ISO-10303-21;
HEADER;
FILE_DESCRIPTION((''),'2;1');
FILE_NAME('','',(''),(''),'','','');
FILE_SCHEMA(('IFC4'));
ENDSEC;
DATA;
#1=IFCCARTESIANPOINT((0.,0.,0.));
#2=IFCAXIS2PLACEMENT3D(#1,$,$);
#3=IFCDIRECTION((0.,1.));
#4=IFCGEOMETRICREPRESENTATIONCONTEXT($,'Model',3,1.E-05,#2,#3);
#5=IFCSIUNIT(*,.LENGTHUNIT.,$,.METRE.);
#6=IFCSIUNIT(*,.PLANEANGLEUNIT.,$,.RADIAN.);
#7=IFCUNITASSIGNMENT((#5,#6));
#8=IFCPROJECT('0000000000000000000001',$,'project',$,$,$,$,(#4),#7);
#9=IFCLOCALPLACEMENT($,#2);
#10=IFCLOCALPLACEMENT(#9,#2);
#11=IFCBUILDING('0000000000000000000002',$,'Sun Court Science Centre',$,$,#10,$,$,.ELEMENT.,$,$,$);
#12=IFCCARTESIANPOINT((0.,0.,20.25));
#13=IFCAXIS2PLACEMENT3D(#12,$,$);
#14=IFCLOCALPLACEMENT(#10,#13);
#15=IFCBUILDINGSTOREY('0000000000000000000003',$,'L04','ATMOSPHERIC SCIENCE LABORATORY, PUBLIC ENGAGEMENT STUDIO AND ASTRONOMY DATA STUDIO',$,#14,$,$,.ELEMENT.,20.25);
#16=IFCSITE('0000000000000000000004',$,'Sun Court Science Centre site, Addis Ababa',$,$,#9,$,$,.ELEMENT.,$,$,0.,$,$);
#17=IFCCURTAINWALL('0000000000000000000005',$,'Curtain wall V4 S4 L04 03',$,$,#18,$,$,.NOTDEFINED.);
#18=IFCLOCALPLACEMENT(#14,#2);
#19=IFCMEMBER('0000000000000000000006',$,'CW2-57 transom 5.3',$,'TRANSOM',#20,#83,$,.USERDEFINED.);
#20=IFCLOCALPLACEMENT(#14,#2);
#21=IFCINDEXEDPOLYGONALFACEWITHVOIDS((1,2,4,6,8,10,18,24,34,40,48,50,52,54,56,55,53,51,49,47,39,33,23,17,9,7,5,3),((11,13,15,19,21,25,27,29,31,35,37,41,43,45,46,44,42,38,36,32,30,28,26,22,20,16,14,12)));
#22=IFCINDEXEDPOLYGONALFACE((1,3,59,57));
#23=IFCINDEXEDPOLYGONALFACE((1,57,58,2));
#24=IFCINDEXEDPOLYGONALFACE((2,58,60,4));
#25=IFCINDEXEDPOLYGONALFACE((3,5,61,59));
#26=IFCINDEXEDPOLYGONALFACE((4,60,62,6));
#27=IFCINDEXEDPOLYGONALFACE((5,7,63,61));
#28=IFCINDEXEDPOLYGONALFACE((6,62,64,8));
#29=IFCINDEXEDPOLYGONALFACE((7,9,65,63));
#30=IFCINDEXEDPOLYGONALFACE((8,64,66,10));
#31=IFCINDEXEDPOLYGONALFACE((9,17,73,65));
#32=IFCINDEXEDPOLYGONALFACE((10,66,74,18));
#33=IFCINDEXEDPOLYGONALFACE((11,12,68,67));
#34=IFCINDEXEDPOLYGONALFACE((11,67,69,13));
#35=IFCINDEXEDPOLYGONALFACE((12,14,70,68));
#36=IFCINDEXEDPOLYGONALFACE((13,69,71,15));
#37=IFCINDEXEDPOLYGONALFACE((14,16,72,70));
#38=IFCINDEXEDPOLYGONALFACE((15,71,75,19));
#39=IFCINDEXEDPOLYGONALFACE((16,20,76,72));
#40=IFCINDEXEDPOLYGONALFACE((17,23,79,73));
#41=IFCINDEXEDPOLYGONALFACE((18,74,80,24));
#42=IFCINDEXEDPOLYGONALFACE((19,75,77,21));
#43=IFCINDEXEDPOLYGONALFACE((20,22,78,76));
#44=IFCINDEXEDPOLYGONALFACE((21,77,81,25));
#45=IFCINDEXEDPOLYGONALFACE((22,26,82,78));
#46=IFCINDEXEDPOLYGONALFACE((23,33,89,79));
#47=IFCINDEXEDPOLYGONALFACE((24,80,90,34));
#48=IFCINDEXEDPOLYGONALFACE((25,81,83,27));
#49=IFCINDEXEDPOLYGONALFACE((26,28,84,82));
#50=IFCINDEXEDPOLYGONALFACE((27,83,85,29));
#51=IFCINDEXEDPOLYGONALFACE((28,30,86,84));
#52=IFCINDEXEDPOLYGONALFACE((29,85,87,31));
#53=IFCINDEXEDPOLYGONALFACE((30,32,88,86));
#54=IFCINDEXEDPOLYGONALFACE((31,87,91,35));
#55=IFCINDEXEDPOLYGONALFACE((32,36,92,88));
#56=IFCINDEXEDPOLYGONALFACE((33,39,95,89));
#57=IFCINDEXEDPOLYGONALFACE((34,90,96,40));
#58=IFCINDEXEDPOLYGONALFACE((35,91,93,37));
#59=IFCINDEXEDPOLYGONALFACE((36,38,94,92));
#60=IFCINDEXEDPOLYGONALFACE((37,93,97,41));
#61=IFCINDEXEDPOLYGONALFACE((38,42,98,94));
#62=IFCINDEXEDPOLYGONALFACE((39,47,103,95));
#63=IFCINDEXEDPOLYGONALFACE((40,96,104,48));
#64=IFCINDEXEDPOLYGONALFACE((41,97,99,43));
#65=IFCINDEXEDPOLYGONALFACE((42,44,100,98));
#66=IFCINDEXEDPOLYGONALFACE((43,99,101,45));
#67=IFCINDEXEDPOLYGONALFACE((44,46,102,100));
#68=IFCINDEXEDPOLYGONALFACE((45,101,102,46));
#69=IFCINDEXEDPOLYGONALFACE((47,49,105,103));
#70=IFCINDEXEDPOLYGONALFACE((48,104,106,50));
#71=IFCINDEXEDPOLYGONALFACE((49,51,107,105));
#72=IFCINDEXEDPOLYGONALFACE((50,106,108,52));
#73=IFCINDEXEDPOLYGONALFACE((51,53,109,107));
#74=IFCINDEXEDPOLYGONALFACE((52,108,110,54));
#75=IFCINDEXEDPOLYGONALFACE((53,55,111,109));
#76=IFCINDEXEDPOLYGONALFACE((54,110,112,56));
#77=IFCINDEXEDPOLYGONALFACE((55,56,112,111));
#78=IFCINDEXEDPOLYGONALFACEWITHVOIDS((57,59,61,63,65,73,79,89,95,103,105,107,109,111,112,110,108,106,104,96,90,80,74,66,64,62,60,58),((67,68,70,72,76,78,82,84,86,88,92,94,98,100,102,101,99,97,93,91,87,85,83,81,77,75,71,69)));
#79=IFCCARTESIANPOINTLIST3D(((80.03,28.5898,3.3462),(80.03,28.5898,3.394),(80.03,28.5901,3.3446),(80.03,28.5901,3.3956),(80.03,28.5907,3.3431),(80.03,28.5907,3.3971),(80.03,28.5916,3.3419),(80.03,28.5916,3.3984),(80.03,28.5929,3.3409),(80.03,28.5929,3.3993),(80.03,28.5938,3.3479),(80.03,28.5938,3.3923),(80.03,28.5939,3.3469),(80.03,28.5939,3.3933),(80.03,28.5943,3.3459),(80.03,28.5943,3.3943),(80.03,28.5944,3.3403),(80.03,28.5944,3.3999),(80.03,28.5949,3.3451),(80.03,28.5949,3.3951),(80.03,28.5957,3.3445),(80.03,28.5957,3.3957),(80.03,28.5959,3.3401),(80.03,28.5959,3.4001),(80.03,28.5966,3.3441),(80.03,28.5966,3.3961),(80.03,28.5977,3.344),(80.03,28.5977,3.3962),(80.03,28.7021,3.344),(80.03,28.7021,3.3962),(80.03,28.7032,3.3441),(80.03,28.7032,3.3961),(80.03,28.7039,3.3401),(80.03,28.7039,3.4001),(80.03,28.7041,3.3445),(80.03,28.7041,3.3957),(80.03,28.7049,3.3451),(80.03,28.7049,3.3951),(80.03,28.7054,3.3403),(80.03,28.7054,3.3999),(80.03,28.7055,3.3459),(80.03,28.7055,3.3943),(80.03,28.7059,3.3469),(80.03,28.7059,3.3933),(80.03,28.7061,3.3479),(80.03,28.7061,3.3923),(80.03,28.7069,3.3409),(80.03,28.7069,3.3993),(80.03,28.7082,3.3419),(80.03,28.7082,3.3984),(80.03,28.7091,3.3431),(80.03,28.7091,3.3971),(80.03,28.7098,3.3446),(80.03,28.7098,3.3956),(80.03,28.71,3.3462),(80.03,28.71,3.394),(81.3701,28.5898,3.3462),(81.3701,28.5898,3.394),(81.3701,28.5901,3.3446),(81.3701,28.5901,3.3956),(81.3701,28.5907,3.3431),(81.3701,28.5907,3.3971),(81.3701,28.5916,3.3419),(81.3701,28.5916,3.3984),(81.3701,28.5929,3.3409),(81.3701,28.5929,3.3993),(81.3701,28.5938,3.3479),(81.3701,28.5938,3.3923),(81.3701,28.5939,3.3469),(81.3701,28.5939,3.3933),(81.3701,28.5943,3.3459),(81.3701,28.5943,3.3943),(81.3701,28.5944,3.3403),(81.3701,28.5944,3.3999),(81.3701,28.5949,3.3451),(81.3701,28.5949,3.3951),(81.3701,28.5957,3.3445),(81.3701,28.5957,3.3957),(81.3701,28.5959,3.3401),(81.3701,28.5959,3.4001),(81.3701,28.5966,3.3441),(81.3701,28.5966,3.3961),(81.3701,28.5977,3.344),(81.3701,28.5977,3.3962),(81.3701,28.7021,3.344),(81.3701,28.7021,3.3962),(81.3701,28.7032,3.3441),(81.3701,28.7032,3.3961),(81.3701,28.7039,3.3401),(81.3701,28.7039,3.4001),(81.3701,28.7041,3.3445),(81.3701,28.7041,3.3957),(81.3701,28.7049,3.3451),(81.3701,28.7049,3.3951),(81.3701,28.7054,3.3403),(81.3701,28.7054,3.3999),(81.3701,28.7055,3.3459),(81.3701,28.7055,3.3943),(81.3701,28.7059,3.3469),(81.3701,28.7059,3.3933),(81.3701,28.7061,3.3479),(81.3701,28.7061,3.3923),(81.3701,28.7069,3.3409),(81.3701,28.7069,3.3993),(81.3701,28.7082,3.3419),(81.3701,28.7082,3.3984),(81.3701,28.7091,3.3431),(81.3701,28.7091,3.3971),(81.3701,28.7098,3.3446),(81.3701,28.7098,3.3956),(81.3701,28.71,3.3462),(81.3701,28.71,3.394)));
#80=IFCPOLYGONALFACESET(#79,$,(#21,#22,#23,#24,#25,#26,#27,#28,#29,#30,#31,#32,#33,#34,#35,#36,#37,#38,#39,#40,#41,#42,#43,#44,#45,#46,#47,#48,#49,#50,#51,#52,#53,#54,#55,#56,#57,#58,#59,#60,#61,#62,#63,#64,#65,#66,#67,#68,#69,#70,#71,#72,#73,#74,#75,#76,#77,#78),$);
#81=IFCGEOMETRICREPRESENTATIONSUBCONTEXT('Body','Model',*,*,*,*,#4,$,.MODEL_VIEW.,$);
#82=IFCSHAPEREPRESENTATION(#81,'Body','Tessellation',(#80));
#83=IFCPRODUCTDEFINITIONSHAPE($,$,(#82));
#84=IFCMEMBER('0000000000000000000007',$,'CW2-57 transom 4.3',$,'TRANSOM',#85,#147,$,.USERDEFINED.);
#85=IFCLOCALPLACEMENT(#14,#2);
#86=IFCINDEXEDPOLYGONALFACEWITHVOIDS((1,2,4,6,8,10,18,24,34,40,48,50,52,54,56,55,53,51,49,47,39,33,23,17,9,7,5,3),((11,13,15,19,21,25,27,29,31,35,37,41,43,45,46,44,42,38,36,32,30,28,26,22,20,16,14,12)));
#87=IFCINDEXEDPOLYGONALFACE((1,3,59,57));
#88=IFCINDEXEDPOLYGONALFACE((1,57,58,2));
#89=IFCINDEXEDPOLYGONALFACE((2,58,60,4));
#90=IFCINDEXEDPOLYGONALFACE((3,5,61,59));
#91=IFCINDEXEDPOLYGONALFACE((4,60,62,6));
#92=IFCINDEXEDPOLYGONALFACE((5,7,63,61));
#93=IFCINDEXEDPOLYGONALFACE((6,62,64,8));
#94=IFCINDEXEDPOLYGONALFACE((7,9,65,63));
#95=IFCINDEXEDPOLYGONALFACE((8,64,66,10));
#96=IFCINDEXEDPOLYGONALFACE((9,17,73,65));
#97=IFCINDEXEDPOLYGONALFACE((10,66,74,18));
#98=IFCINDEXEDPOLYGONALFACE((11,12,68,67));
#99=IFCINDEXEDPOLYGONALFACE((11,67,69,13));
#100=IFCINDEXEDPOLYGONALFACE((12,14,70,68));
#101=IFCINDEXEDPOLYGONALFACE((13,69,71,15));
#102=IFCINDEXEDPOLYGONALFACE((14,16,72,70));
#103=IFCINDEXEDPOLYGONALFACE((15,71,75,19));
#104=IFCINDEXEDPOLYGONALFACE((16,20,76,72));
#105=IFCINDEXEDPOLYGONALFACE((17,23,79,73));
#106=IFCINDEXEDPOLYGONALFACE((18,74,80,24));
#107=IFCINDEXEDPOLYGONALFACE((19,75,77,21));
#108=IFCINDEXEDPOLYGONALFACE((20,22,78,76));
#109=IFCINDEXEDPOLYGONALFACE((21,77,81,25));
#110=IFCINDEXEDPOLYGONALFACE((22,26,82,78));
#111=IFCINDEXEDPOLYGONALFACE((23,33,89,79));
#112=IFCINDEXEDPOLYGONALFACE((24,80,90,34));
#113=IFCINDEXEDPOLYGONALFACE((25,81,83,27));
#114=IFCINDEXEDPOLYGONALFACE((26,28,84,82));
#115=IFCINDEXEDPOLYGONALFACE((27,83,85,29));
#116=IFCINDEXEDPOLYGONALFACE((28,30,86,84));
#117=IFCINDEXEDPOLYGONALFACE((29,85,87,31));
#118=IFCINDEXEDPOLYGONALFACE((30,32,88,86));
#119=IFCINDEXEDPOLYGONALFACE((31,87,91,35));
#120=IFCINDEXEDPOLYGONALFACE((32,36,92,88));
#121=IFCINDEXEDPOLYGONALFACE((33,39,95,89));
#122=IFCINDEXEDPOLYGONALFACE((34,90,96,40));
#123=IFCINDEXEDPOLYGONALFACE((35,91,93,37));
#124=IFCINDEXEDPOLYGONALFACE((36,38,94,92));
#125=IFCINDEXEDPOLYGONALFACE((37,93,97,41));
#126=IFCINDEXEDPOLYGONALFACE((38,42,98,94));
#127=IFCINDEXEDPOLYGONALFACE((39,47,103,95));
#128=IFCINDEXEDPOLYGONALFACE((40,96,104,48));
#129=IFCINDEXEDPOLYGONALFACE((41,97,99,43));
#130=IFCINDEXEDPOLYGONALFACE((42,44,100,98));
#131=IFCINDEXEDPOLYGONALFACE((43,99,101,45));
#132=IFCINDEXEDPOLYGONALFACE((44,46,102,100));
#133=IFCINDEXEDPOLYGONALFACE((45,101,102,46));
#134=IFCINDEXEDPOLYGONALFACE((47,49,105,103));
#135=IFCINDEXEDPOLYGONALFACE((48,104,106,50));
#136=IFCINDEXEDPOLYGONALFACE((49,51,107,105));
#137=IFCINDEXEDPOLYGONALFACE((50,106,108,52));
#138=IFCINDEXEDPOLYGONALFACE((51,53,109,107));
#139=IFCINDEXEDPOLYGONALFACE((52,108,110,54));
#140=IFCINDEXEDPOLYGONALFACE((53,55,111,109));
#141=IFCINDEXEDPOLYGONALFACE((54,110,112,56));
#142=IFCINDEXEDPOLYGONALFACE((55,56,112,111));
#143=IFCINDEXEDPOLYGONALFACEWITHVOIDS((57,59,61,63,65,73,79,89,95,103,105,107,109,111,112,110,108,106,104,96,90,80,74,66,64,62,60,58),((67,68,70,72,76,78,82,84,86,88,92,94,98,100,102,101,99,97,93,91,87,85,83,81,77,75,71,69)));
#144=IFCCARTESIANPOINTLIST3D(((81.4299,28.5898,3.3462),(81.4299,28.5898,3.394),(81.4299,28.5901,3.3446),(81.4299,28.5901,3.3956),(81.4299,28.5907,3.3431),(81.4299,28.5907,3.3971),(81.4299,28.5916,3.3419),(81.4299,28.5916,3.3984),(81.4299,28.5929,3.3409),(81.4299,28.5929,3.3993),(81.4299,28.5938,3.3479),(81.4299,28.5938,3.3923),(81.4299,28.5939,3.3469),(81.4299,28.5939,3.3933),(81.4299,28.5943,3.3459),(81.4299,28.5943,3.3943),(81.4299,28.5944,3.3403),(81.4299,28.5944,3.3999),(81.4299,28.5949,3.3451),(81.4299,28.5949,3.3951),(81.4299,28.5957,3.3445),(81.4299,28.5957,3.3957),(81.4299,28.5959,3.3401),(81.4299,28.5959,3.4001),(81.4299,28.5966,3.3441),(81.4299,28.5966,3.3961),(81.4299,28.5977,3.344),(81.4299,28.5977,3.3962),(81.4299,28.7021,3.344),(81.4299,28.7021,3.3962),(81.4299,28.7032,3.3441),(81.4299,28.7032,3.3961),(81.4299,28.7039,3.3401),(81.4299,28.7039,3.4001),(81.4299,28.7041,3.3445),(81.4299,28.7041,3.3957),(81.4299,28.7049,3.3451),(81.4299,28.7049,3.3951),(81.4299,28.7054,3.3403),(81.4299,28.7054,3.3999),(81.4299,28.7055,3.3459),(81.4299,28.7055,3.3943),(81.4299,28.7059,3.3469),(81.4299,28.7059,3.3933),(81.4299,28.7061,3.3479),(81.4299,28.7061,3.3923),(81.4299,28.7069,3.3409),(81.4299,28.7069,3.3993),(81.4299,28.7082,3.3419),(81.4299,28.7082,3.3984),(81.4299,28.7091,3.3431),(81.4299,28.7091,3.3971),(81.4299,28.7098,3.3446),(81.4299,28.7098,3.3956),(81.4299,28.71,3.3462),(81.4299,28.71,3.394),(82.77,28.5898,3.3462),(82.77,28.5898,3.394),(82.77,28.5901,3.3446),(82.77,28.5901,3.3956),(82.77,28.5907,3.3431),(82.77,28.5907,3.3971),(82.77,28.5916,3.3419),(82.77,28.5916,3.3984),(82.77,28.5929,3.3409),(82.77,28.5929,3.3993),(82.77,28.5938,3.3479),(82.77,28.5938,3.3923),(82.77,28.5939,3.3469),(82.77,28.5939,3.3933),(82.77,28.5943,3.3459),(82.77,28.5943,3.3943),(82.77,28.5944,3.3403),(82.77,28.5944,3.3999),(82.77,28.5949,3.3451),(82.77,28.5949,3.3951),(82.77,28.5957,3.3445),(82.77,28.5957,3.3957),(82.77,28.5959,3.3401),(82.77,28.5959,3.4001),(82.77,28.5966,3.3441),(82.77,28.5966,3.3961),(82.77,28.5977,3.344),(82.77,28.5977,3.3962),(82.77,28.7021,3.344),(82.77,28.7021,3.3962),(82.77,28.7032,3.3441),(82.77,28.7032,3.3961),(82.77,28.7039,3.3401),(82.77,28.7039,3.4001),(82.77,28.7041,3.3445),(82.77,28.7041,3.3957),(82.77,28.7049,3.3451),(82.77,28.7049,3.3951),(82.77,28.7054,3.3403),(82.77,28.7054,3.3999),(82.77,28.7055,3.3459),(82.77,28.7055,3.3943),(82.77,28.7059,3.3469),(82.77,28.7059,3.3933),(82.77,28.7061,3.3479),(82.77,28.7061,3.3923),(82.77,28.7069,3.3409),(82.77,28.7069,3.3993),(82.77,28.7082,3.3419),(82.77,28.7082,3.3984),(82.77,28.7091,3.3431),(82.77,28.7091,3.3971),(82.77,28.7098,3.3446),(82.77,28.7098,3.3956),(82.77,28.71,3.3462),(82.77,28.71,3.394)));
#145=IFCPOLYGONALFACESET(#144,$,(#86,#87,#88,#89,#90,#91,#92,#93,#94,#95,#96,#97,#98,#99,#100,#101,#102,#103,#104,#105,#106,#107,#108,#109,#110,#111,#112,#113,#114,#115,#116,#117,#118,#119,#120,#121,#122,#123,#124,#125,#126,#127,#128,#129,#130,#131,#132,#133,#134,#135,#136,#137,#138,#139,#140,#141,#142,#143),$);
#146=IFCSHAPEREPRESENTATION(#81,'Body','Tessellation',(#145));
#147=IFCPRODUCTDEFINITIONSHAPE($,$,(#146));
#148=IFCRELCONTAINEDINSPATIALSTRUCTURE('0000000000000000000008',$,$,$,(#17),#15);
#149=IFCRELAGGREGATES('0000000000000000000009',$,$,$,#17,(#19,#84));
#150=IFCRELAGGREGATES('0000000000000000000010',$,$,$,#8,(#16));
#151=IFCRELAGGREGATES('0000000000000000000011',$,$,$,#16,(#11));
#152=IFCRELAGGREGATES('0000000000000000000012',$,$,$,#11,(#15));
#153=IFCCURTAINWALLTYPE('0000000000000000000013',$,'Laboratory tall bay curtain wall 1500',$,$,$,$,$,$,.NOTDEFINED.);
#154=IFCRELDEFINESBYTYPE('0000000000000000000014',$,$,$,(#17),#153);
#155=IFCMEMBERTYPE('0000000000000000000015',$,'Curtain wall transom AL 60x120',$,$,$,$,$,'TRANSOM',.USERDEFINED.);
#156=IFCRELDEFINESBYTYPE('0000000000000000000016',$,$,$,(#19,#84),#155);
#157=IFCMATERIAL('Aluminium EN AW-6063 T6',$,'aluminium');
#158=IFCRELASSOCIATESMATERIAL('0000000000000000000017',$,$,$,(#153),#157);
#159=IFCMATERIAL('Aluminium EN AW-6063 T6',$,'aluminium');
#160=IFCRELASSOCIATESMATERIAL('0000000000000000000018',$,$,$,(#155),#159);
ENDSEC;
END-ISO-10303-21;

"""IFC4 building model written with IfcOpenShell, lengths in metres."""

from ifc_helpers import new_model, si_unit, direction, frame, origin, origin_2d, place, context, subcontext, project, spatial, hollow_rectangle, extrude, material, material_profile, profile_set, type_object, element, aggregate, save


model = new_model("IFC4")

# Units and contexts
model_context = context("Model", 3, precision=1e-05, world=origin(), true_north=direction((0.0, 1.0)))
body_context = subcontext(model_context, "Body", "Model", "MODEL_VIEW")
ifc_project = project(units=[si_unit("LENGTHUNIT", "METRE"), si_unit("PLANEANGLEUNIT", "RADIAN")], contexts=[model_context])

# Site, building, storey
site_placement = place(None, origin())
site = spatial("IfcSite", under=ifc_project, at=site_placement, Name="Sun Court Science Centre site, Addis Ababa", CompositionType="ELEMENT", RefElevation=0.0)
building_placement = place(site_placement, origin())
building = spatial("IfcBuilding", under=site, at=building_placement, Name="Sun Court Science Centre", CompositionType="ELEMENT")
storey_placement = place(building_placement, frame((0.0, 0.0, 20.25)))
storey = spatial("IfcBuildingStorey", under=building, at=storey_placement, Name="L04", Description="ATMOSPHERIC SCIENCE LABORATORY, PUBLIC ENGAGEMENT STUDIO AND ASTRONOMY DATA STUDIO", CompositionType="ELEMENT", Elevation=20.25)

# Curtain wall, members
ifc_material_1 = material(Name="Aluminium EN AW-6063 T6", Category="aluminium")
curtain_wall_type = type_object("IfcCurtainWallType", Name="Laboratory tall bay curtain wall 1500", PredefinedType="NOTDEFINED", material=ifc_material_1)
curtain_wall_placement = place(storey_placement, origin())
curtain_wall = element("IfcCurtainWall", 1, at=curtain_wall_placement, inside=storey, type_object=curtain_wall_type, Name="Curtain wall V4 S4 L04 03", PredefinedType="NOTDEFINED")
ifc_material_2 = material(Name="Aluminium EN AW-6063 T6", Category="aluminium")
ifc_material_profile_1 = material_profile(ifc_material_2, hollow_rectangle(XDim=0.0601, YDim=0.1201, WallThickness=0.0039, InnerFilletRadius=0.0039, OuterFilletRadius=0.0061, at=origin_2d()), Name="AL 60x120x4")
ifc_profile_set_1 = profile_set([ifc_material_profile_1], Name="Aluminium EN AW-6063 T6")
member_type_1 = type_object("IfcMemberType", Name="Curtain wall transom AL 60x120", ElementType="TRANSOM", PredefinedType="USERDEFINED", material=ifc_profile_set_1)
member_1_placement = place(storey_placement, frame((81.3701, 28.6499, 3.3701), z_axis=(-1.0, 0.0, 0.0), x_axis=(0.0, 0.0, 1.0)))
member_1 = element("IfcMember", 2, at=member_1_placement, type_object=member_type_1, Name="CW2-57 transom 5.3", ObjectType="TRANSOM", PredefinedType="USERDEFINED", context=body_context, shape_type="SweptSolid", body=[
    extrude(hollow_rectangle(XDim=0.0601, YDim=0.1201, WallThickness=0.0039, InnerFilletRadius=0.0039, OuterFilletRadius=0.0061, at=origin_2d()), origin(), (0.0, 0.0, 1.0), 1.3401),
])
member_2_placement = place(storey_placement, frame((82.77, 28.6499, 3.3701), z_axis=(-1.0, 0.0, 0.0), x_axis=(0.0, 0.0, 1.0)))
member_2 = element("IfcMember", 3, at=member_2_placement, type_object=member_type_1, Name="CW2-57 transom 4.3", ObjectType="TRANSOM", PredefinedType="USERDEFINED", context=body_context, shape_type="SweptSolid", body=[
    extrude(hollow_rectangle(XDim=0.0601, YDim=0.1201, WallThickness=0.0039, InnerFilletRadius=0.0039, OuterFilletRadius=0.0061, at=origin_2d()), origin(), (0.0, 0.0, 1.0), 1.3401),
])

aggregate(curtain_wall, [member_1, member_2])

save(model, "model.ifc")
